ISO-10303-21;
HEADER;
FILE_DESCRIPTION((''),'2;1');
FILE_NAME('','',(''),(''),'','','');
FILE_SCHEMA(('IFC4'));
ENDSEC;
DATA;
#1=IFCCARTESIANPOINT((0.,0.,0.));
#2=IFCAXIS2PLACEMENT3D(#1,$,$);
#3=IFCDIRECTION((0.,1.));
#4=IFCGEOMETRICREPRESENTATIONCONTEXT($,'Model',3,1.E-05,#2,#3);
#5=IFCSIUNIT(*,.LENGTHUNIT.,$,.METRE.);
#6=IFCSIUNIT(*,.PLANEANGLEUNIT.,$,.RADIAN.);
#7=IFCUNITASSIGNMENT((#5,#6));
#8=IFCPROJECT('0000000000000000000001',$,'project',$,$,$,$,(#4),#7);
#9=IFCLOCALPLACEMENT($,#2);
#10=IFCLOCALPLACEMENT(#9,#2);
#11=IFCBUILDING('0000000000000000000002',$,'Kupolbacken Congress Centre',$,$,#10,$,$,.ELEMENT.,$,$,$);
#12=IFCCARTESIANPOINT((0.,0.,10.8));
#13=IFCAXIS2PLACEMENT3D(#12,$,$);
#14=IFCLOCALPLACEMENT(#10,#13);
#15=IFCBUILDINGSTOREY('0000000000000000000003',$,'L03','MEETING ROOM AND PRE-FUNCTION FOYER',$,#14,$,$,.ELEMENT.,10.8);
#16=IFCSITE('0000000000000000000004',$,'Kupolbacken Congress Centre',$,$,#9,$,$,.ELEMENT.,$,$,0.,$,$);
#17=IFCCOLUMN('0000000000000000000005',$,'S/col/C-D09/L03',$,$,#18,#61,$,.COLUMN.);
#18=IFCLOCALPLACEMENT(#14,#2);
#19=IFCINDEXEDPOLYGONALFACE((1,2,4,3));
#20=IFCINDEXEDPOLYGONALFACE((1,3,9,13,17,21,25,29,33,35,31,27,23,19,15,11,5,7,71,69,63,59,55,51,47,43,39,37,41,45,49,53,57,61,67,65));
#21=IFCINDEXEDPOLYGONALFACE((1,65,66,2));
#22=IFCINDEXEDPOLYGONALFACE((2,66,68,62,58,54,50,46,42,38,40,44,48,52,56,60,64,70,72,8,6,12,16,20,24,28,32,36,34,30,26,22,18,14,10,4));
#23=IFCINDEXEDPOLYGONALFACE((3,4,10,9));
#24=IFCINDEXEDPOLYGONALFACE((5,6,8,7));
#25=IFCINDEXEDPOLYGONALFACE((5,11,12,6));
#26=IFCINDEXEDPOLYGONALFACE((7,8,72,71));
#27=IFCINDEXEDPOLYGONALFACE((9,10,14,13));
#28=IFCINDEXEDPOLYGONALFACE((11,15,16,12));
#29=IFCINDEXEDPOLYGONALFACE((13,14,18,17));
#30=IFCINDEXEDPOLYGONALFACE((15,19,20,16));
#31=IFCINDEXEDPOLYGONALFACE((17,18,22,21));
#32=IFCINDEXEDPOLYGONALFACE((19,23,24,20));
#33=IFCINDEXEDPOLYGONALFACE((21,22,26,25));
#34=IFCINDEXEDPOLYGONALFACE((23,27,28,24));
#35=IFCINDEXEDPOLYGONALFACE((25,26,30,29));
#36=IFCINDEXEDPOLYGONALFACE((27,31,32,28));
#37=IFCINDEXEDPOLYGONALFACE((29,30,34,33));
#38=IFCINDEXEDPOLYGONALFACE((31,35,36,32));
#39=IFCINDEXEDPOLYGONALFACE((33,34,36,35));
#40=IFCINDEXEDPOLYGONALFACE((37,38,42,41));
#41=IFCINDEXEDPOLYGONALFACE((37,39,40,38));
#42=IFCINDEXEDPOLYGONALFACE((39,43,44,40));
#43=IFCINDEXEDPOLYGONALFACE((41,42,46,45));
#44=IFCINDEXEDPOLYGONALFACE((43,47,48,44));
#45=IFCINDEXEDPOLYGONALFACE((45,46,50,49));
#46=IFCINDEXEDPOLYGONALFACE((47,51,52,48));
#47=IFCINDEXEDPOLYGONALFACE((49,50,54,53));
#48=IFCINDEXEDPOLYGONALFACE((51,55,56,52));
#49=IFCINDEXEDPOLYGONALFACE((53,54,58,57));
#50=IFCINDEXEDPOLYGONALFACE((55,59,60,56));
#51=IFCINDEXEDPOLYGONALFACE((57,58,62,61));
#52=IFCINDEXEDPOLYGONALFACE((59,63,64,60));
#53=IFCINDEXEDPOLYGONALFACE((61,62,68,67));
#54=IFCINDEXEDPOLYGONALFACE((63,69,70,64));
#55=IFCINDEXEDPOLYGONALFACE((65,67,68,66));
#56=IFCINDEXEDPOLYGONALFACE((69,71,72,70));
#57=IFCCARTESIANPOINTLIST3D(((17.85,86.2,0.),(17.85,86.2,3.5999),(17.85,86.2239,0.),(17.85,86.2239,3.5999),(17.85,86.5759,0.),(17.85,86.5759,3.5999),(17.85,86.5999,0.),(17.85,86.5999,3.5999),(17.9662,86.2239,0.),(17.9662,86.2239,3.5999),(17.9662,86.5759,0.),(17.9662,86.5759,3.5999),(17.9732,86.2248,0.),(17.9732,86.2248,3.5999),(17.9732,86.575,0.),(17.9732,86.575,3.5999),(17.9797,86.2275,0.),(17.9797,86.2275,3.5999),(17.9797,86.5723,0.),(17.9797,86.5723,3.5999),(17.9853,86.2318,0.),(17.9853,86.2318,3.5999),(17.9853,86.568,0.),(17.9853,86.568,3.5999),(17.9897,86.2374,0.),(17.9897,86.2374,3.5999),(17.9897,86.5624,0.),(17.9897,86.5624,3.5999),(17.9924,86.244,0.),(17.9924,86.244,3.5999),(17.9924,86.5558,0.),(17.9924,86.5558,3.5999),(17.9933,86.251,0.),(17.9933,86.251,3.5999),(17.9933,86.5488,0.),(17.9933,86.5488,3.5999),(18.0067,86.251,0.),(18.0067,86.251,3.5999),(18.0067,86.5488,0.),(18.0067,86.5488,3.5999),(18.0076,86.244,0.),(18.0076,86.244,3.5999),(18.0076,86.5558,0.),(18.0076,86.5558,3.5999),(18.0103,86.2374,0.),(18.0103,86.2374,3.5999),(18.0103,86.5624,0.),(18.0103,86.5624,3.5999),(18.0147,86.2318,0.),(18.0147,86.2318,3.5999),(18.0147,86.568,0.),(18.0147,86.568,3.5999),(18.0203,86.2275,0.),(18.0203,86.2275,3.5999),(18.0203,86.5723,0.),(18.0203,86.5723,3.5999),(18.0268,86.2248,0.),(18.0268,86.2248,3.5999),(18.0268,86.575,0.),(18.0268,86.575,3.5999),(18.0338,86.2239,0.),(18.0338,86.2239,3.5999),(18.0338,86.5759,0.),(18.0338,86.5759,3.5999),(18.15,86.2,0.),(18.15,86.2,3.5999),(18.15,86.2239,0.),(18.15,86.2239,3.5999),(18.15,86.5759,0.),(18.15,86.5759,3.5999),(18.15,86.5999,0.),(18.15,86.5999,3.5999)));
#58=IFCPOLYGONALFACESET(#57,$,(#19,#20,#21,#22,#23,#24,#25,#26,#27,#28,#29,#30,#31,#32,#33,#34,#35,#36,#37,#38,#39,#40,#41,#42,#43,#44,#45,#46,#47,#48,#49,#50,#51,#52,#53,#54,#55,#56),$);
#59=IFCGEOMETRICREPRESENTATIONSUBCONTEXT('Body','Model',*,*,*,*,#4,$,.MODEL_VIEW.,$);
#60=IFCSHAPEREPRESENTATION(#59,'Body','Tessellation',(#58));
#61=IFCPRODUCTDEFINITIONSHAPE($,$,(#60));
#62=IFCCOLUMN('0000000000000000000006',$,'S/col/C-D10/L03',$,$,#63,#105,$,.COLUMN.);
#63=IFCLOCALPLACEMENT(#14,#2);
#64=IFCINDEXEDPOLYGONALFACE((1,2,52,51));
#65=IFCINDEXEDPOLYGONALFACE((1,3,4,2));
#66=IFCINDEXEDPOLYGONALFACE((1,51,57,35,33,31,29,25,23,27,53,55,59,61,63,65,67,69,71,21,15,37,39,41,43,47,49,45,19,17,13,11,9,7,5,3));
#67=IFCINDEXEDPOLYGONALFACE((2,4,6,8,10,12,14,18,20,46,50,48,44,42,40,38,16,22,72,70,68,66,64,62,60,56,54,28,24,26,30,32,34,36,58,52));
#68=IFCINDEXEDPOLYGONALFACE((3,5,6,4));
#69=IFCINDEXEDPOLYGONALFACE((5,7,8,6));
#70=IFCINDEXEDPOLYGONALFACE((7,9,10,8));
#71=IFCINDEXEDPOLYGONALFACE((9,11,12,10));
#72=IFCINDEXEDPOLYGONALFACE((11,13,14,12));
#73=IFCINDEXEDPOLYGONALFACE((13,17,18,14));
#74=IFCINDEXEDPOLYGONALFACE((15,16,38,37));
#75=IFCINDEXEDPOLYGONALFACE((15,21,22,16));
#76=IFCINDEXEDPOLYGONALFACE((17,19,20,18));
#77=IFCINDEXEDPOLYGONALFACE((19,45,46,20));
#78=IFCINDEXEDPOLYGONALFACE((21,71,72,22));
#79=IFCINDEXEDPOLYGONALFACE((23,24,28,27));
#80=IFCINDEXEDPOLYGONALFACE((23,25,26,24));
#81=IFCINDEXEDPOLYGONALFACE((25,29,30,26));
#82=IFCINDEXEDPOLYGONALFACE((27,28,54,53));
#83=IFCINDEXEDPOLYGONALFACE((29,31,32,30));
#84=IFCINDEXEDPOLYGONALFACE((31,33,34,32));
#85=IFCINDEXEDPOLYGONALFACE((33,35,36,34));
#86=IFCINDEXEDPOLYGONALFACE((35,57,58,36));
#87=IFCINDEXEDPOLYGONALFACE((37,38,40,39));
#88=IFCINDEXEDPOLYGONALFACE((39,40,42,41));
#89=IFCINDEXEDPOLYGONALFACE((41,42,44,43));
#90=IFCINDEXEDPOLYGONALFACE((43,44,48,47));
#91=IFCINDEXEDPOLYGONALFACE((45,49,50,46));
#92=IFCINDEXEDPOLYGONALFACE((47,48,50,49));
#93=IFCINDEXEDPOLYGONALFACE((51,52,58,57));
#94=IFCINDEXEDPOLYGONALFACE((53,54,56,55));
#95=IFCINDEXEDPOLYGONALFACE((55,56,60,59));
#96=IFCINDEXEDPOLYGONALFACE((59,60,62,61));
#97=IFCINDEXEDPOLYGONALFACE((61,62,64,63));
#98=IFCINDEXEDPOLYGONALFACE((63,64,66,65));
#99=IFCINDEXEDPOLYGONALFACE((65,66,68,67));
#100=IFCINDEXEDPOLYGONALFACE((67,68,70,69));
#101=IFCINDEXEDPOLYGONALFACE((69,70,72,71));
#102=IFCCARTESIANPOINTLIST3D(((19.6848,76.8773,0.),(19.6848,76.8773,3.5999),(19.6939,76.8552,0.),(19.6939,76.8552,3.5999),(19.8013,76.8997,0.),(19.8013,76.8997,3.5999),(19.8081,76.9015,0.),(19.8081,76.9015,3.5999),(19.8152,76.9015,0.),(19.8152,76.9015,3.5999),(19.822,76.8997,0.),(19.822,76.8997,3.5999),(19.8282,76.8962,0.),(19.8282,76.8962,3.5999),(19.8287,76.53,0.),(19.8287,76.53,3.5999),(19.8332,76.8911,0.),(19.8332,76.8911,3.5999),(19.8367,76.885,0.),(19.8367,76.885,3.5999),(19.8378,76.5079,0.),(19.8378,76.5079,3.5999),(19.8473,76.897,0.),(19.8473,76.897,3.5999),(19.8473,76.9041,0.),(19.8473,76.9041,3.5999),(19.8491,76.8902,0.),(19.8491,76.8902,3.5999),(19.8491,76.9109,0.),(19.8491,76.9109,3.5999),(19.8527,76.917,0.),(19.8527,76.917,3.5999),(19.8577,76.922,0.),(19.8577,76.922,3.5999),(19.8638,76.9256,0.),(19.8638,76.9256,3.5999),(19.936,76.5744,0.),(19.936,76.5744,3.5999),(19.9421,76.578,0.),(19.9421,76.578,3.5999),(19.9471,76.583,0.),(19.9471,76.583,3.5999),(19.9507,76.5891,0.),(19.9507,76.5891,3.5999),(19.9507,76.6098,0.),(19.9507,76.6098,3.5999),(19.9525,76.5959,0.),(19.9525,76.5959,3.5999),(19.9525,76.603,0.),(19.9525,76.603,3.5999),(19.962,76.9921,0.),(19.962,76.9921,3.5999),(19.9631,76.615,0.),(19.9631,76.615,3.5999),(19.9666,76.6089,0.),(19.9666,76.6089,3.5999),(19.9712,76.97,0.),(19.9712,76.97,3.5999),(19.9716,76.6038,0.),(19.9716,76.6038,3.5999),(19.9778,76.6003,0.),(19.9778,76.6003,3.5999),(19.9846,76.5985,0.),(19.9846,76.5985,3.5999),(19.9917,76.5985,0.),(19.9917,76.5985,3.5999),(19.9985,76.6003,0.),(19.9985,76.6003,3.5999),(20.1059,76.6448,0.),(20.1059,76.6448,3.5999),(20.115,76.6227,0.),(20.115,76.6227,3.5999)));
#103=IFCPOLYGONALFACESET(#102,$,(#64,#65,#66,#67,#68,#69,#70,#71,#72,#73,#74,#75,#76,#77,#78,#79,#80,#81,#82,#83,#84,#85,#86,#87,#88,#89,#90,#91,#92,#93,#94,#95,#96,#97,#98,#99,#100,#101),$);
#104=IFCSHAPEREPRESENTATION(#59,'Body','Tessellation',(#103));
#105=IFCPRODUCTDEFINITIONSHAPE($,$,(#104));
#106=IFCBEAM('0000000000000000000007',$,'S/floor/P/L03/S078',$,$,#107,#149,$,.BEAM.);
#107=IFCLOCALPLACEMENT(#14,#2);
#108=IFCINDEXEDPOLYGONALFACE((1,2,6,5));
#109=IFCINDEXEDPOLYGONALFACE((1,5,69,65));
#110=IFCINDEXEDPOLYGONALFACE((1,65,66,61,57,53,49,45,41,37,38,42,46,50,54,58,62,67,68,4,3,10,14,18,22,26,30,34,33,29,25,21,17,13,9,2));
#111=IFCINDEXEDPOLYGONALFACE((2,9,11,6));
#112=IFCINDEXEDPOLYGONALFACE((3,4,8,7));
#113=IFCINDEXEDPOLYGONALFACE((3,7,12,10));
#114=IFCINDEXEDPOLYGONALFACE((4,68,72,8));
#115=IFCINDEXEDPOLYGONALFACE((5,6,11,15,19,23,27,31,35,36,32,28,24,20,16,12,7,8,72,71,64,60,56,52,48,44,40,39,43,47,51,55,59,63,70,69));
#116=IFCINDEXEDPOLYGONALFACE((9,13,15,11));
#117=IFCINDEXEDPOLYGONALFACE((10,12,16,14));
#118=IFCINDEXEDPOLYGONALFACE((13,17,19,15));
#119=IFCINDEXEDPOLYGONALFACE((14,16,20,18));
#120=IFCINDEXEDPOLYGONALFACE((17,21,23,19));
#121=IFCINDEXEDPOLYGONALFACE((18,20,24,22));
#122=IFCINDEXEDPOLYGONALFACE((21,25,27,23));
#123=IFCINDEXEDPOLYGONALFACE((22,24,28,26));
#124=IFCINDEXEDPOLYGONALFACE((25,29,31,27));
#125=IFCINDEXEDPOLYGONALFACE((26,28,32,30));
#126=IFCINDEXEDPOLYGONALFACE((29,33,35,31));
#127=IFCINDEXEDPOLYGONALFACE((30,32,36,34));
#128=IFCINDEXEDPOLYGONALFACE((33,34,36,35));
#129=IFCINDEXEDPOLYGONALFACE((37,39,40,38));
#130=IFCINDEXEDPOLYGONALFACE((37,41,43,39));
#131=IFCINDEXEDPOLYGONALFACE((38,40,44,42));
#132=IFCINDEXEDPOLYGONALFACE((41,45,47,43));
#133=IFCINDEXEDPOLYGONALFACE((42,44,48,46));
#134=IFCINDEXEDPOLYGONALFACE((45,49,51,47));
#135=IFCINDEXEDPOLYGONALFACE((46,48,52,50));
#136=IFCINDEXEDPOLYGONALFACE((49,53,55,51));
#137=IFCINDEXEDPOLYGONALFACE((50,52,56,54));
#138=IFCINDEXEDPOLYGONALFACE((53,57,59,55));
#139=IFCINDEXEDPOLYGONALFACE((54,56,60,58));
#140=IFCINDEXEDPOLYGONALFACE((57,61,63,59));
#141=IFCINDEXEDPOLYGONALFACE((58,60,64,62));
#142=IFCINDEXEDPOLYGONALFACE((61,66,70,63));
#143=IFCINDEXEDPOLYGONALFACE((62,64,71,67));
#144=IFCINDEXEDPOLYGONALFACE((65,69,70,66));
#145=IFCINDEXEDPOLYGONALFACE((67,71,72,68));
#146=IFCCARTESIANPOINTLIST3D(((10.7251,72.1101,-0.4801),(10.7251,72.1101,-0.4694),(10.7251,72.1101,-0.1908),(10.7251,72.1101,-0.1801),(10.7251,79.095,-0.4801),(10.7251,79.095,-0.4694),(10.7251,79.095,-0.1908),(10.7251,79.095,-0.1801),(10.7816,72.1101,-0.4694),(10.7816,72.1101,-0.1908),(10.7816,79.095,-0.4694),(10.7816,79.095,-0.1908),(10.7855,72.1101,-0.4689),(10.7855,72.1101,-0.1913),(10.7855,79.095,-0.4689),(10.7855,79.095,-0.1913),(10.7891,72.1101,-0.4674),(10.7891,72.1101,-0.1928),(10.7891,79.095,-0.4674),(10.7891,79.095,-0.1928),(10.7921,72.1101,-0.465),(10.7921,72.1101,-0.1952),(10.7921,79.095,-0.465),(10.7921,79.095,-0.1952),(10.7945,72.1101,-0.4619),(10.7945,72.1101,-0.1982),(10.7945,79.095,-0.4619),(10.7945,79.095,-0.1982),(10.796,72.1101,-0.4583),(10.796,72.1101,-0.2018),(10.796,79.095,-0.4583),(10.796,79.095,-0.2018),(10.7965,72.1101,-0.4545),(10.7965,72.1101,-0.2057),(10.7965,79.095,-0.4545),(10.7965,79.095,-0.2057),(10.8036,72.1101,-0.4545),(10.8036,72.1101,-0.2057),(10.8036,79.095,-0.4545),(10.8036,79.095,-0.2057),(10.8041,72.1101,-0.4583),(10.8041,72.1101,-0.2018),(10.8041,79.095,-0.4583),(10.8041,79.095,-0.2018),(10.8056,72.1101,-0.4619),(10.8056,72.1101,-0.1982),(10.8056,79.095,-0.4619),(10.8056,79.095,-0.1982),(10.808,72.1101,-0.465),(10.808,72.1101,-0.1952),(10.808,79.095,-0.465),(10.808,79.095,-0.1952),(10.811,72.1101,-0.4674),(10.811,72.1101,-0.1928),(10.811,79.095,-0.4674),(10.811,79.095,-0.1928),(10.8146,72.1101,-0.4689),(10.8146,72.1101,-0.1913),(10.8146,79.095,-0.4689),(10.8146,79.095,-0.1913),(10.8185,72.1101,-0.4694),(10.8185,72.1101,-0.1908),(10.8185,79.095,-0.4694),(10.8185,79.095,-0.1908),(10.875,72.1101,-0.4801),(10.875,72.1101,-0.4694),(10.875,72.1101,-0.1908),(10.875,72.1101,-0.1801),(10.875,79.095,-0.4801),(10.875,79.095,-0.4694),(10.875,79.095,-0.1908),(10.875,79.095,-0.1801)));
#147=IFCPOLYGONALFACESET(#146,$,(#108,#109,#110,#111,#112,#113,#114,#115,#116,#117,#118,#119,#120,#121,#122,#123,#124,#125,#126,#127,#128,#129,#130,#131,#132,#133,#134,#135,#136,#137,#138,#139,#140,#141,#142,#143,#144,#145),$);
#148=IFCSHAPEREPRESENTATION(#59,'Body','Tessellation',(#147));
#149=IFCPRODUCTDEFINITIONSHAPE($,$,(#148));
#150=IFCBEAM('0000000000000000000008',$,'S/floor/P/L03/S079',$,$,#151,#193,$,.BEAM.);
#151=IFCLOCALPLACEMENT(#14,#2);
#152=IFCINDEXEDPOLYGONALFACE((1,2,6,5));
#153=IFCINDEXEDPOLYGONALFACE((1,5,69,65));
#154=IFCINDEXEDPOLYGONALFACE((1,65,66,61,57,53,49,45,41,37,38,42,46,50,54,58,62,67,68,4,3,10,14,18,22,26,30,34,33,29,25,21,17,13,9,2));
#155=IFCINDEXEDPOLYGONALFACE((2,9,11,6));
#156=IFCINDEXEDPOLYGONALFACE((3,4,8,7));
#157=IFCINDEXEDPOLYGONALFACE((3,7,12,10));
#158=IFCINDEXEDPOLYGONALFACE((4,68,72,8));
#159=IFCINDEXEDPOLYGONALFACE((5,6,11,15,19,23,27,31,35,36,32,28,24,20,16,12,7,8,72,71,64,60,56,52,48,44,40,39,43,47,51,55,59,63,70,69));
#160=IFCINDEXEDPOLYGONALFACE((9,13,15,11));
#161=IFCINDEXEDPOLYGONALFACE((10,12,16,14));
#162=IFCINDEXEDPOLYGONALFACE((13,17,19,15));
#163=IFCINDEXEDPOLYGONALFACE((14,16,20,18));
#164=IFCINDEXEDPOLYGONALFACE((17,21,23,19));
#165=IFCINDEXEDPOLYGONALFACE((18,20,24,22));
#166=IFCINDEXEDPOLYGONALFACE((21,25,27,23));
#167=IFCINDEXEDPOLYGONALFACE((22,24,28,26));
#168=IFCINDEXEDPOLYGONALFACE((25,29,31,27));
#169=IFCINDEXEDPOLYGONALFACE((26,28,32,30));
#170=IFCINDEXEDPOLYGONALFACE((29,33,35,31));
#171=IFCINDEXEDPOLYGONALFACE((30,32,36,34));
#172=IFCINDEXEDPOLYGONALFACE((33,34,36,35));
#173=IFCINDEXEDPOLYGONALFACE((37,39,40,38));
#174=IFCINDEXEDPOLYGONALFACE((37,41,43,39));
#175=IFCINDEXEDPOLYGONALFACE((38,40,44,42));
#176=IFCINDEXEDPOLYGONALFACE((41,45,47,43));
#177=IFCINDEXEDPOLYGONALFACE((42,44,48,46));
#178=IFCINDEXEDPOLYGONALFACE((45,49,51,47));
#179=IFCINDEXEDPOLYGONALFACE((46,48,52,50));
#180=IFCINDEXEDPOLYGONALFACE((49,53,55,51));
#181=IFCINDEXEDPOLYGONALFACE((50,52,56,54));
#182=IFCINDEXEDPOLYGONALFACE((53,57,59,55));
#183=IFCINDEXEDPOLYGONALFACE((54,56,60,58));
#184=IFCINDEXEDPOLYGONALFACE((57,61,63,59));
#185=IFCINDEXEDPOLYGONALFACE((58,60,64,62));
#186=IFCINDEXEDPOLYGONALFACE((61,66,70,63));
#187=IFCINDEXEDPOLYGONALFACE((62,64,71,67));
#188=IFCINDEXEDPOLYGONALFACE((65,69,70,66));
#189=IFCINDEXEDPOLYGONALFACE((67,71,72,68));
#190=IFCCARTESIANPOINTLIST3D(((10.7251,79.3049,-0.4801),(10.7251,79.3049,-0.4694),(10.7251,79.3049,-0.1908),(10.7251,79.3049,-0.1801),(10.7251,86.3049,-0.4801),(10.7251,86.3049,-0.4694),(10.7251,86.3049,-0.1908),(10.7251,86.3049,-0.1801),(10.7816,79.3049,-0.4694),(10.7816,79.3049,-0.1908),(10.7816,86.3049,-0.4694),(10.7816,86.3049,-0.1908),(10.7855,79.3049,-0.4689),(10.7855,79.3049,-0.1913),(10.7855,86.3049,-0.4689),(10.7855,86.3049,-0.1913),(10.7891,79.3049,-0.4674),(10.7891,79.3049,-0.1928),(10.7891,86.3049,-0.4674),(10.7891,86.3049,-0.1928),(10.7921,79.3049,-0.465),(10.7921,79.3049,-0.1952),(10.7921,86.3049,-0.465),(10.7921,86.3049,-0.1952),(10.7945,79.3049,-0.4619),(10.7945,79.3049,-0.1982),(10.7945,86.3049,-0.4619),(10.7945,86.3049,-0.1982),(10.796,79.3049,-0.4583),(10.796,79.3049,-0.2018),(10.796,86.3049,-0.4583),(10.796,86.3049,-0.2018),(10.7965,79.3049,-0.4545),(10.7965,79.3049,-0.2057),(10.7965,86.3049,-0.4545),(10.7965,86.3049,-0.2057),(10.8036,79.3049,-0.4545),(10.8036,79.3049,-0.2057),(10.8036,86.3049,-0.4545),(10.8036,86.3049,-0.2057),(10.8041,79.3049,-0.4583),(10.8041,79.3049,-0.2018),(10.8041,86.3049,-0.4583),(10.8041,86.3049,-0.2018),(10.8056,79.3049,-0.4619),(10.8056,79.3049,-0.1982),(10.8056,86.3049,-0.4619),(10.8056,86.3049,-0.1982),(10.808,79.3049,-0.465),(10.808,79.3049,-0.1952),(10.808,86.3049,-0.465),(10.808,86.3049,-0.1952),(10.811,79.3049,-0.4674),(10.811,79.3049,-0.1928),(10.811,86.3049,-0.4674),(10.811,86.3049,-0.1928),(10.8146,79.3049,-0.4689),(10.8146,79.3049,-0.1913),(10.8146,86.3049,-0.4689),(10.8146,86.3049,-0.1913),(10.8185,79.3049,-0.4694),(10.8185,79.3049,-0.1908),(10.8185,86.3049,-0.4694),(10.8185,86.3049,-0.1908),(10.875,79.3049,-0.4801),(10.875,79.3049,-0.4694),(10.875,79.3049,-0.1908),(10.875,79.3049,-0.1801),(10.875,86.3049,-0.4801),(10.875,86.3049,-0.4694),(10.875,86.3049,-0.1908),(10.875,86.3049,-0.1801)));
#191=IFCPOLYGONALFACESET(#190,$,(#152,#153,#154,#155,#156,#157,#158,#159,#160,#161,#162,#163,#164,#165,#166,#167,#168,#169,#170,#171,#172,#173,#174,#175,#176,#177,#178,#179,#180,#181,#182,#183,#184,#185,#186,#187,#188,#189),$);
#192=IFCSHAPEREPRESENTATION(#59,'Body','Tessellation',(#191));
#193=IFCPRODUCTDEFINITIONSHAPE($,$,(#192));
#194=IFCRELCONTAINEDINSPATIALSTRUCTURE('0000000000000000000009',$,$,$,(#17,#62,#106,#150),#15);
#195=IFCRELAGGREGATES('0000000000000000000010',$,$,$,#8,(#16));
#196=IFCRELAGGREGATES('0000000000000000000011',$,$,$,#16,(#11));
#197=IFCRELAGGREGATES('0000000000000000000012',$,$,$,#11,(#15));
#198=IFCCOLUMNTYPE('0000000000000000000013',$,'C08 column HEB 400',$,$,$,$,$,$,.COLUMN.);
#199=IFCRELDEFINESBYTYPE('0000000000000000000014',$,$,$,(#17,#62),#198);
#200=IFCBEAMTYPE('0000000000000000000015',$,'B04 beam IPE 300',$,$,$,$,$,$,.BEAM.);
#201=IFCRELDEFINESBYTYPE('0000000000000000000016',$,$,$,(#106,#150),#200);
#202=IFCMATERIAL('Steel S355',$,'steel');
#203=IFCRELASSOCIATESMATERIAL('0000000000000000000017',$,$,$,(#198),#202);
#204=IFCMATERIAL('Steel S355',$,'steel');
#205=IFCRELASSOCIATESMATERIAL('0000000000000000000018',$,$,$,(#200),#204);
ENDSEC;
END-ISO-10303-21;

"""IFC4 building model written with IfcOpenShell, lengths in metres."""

from ifc_helpers import new_model, si_unit, direction, frame, origin, origin_2d, place, context, subcontext, project, spatial, i_section, extrude, material, material_profile, profile_set, type_object, element, save


model = new_model("IFC4")

# Units and contexts
model_context = context("Model", 3, precision=1e-05, world=origin(), true_north=direction((0.0, 1.0)))
body_context = subcontext(model_context, "Body", "Model", "MODEL_VIEW")
ifc_project = project(units=[si_unit("LENGTHUNIT", "METRE"), si_unit("PLANEANGLEUNIT", "RADIAN")], contexts=[model_context])

# Site, building, storey
site_placement = place(None, origin())
site = spatial("IfcSite", under=ifc_project, at=site_placement, Name="Kupolbacken Congress Centre", CompositionType="ELEMENT", RefElevation=0.0)
building_placement = place(site_placement, origin())
building = spatial("IfcBuilding", under=site, at=building_placement, Name="Kupolbacken Congress Centre", CompositionType="ELEMENT")
storey_placement = place(building_placement, frame((0.0, 0.0, 10.8)))
storey = spatial("IfcBuildingStorey", under=building, at=storey_placement, Name="L03", Description="MEETING ROOM AND PRE-FUNCTION FOYER", CompositionType="ELEMENT", Elevation=10.8)

# Columns
ifc_material_1 = material(Name="Steel S355", Category="steel")
ifc_material_profile_1 = material_profile(ifc_material_1, i_section(OverallWidth=0.3, OverallDepth=0.3999, WebThickness=0.0134, FlangeThickness=0.0239, FilletRadius=0.0271, at=origin_2d()), Name="HEB 400")
ifc_profile_set_1 = profile_set([ifc_material_profile_1], Name="Steel S355")
column_type = type_object("IfcColumnType", Name="C08 column HEB 400", PredefinedType="COLUMN", material=ifc_profile_set_1)
for number, where, z_axis, x_axis, name in (
    (1, (18.0, 86.3999, 0.0), (0.0, 0.0, 1.0), (-1.0, 0.0, 0.0), "S/col/C-D09/L03"),
    (2, (19.8999, 76.75, 0.0), (0.0, 0.0, 1.0), (-0.923896, -0.382644, 0.0), "S/col/C-D10/L03"),
):
    element("IfcColumn", number, at=place(storey_placement, frame(where, z_axis=z_axis, x_axis=x_axis)), inside=storey, type_object=column_type, Name=name, PredefinedType="COLUMN", context=body_context, shape_type="SweptSolid", body=[
        extrude(i_section(OverallWidth=0.3, OverallDepth=0.3999, WebThickness=0.0134, FlangeThickness=0.0239, FilletRadius=0.0271, at=origin_2d()), origin(), (0.0, 0.0, 1.0), 3.5999),
    ])

# Beams
ifc_material_2 = material(Name="Steel S355", Category="steel")
ifc_material_profile_2 = material_profile(ifc_material_2, i_section(OverallWidth=0.1499, OverallDepth=0.3, WebThickness=0.0071, FlangeThickness=0.0107, FilletRadius=0.0149, at=origin_2d()), Name="IPE 300")
ifc_profile_set_2 = profile_set([ifc_material_profile_2], Name="Steel S355")
beam_type_1 = type_object("IfcBeamType", Name="B04 beam IPE 300", PredefinedType="BEAM", material=ifc_profile_set_2)
beam_1_placement = place(storey_placement, frame((10.8, 72.1101, -0.3301), z_axis=(0.0, 1.0, 0.0), x_axis=(-1.0, 0.0, 0.0)))
element("IfcBeam", 3, at=beam_1_placement, inside=storey, type_object=beam_type_1, Name="S/floor/P/L03/S078", PredefinedType="BEAM", context=body_context, shape_type="SweptSolid", body=[
    extrude(i_section(OverallWidth=0.1499, OverallDepth=0.3, WebThickness=0.0071, FlangeThickness=0.0107, FilletRadius=0.0149, at=origin_2d()), origin(), (0.0, 0.0, 1.0), 6.9849),
])
for number, where, z_axis, x_axis, name in (
    (4, (10.8, 79.3049, -0.3301), (0.0, 1.0, 0.0), (-1.0, 0.0, 0.0), "S/floor/P/L03/S079"),
):
    element("IfcBeam", number, at=place(storey_placement, frame(where, z_axis=z_axis, x_axis=x_axis)), inside=storey, type_object=beam_type_1, Name=name, PredefinedType="BEAM", context=body_context, shape_type="SweptSolid", body=[
        extrude(i_section(OverallWidth=0.1499, OverallDepth=0.3, WebThickness=0.0071, FlangeThickness=0.0107, FilletRadius=0.0149, at=origin_2d()), origin(), (0.0, 0.0, 1.0), 7.0),
    ])

save(model, "model.ifc")
